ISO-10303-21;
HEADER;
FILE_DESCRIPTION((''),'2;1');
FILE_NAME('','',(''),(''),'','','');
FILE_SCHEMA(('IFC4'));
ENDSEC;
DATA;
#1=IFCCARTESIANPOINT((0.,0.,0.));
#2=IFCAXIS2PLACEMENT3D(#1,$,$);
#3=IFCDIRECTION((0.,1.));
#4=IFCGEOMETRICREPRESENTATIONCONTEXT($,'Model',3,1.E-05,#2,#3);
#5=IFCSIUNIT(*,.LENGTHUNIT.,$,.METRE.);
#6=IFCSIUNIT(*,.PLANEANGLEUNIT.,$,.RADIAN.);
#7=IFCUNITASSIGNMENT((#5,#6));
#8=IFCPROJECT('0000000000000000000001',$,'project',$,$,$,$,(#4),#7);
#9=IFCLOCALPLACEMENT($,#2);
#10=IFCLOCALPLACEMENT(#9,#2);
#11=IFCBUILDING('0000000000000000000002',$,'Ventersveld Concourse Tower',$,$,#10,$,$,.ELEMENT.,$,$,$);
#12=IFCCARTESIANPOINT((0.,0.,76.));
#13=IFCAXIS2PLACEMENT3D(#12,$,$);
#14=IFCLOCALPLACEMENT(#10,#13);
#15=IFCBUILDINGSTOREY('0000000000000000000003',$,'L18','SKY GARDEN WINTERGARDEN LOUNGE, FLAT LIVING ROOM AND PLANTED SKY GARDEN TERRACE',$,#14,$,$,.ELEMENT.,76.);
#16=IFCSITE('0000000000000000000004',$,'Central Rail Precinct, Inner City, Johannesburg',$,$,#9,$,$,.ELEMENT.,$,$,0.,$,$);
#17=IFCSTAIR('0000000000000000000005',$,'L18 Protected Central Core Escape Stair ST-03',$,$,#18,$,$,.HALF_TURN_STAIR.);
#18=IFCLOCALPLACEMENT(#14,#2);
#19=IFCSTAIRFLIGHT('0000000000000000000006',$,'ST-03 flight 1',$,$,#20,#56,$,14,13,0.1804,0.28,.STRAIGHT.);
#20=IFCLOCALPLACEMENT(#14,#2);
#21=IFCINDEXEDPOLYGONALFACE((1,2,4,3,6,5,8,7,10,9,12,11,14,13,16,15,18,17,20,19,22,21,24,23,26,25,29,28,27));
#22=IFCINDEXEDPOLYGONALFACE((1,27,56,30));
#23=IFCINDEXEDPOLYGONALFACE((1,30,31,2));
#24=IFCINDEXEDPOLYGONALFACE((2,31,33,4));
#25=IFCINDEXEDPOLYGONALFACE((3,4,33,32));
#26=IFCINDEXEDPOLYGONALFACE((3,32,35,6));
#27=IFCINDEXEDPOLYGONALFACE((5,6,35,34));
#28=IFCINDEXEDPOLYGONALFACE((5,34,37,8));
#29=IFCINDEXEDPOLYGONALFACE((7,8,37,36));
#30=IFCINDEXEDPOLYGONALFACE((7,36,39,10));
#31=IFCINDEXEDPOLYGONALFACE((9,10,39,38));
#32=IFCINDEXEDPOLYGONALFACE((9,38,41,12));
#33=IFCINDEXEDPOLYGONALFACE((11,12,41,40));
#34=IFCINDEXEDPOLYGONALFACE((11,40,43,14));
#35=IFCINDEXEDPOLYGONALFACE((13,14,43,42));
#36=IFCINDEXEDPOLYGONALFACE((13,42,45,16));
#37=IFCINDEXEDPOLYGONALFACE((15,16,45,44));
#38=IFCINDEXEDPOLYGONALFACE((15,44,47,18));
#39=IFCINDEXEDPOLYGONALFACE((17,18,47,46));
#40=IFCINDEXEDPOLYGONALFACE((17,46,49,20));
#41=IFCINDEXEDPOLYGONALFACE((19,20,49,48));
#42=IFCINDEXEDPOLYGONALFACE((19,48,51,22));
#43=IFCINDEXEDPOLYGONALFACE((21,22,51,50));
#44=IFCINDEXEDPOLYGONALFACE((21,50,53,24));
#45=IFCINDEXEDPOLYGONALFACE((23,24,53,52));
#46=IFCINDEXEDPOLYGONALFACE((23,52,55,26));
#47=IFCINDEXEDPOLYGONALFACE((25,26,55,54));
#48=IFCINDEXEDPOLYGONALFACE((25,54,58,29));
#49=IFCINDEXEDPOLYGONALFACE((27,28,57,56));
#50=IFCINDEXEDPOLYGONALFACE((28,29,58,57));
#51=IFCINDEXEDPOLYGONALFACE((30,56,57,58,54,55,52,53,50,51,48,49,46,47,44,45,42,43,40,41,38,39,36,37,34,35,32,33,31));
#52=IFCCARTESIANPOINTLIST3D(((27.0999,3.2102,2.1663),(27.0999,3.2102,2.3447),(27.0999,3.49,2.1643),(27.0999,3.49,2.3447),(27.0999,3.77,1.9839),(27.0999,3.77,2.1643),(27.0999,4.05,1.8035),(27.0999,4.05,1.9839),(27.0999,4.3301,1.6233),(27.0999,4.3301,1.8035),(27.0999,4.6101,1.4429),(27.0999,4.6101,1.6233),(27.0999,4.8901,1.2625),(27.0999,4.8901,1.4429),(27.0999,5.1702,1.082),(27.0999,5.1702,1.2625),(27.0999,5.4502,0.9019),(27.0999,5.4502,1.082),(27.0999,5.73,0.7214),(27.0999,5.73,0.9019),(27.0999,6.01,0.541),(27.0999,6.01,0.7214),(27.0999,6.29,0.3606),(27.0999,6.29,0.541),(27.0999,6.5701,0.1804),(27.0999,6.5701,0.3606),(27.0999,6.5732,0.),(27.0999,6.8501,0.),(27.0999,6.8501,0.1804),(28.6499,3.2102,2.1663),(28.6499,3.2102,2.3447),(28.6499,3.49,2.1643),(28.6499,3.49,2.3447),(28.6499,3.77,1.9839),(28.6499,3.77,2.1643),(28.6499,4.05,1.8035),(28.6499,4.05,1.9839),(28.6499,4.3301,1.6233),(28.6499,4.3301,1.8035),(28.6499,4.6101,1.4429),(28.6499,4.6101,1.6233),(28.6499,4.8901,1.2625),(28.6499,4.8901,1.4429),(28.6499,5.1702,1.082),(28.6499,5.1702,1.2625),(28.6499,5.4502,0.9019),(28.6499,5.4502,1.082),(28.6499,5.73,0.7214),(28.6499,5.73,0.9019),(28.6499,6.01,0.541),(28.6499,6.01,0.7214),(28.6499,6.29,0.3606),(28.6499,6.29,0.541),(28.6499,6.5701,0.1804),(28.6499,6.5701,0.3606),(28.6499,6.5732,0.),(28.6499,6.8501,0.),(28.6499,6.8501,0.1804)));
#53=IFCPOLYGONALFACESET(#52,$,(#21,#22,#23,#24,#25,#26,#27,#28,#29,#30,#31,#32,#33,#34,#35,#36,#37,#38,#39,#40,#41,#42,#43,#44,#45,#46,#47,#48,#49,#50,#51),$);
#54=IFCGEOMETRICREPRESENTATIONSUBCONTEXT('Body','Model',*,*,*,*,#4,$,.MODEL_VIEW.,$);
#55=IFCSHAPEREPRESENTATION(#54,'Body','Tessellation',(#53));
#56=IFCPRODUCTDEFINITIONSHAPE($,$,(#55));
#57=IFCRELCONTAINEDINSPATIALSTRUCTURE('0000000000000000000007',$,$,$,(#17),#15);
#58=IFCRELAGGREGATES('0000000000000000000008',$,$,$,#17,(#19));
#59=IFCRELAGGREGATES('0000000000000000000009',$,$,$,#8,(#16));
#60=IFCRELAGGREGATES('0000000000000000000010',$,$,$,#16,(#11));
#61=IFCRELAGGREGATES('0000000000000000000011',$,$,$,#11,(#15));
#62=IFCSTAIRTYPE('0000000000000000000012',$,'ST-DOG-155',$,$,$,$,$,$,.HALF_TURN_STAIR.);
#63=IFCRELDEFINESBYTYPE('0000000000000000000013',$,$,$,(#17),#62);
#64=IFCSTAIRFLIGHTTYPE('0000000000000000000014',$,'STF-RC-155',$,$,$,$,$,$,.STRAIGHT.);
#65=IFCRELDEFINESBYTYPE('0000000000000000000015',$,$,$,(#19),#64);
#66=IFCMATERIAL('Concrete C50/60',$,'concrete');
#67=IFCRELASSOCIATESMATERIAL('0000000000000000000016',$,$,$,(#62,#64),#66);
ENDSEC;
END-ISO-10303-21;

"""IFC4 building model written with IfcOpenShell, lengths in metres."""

from ifc_helpers import new_model, si_unit, direction, frame, origin, place, context, subcontext, project, spatial, polyline, outline, extrude, material, type_object, element, aggregate, save


model = new_model("IFC4")

# Units and contexts
model_context = context("Model", 3, precision=1e-05, world=origin(), true_north=direction((0.0, 1.0)))
body_context = subcontext(model_context, "Body", "Model", "MODEL_VIEW")
ifc_project = project(units=[si_unit("LENGTHUNIT", "METRE"), si_unit("PLANEANGLEUNIT", "RADIAN")], contexts=[model_context])

# Site, building, storey
site_placement = place(None, origin())
site = spatial("IfcSite", under=ifc_project, at=site_placement, Name="Central Rail Precinct, Inner City, Johannesburg", CompositionType="ELEMENT", RefElevation=0.0)
building_placement = place(site_placement, origin())
building = spatial("IfcBuilding", under=site, at=building_placement, Name="Ventersveld Concourse Tower", CompositionType="ELEMENT")
storey_placement = place(building_placement, frame((0.0, 0.0, 76.0)))
storey = spatial("IfcBuildingStorey", under=building, at=storey_placement, Name="L18", Description="SKY GARDEN WINTERGARDEN LOUNGE, FLAT LIVING ROOM AND PLANTED SKY GARDEN TERRACE", CompositionType="ELEMENT", Elevation=76.0)

# Shared definitions
ifc_material_1 = material(Name="Concrete C50/60", Category="concrete")

# Stair, stair flight
stair_type = type_object("IfcStairType", Name="ST-DOG-155", PredefinedType="HALF_TURN_STAIR", material=ifc_material_1)
stair_placement = place(storey_placement, origin())
stair = element("IfcStair", 1, at=stair_placement, inside=storey, type_object=stair_type, Name="L18 Protected Central Core Escape Stair ST-03", PredefinedType="HALF_TURN_STAIR")
stair_flight_type = type_object("IfcStairFlightType", Name="STF-RC-155", PredefinedType="STRAIGHT", material=ifc_material_1)
stair_flight_placement = place(storey_placement, frame((27.875, 6.8501, 0.0), z_axis=(0.0, 0.0, 1.0), x_axis=(0.0, -1.0, 0.0)))
stair_flight = element("IfcStairFlight", 2, at=stair_flight_placement, type_object=stair_flight_type, Name="ST-03 flight 1", NumberOfRisers=14, NumberOfTreads=13, PredefinedType="STRAIGHT", RiserHeight=0.1804, TreadLength=0.28, context=body_context, shape_type="SweptSolid", body=[
    extrude(outline(polyline([(0.0, 0.0), (0.0, 0.1804), (0.28, 0.1804), (0.28, 0.3606), (0.5601, 0.3606), (0.5601, 0.541), (0.8401, 0.541), (0.8401, 0.7214), (1.1201, 0.7214), (1.1201, 0.9019), (1.3999, 0.9019), (1.3999, 1.082), (1.6799, 1.082), (1.6799, 1.2625), (1.96, 1.2625), (1.96, 1.4429), (2.24, 1.4429), (2.24, 1.6233), (2.52, 1.6233), (2.52, 1.8035), (2.8, 1.8035), (2.8, 1.9839), (3.0801, 1.9839), (3.0801, 2.1643), (3.3601, 2.1643), (3.3601, 2.3447), (3.6399, 2.3447), (3.6399, 2.5249), (3.6399, 2.1663), (0.2769, 0.0), (0.0, 0.0)])), frame((0.0, 0.7749, 0.0), z_axis=(0.0, -1.0, 0.0), x_axis=(1.0, 0.0, 0.0)), (0.0, 0.0, 1.0), 1.55),
])
aggregate(stair, [stair_flight])

save(model, "model.ifc")
